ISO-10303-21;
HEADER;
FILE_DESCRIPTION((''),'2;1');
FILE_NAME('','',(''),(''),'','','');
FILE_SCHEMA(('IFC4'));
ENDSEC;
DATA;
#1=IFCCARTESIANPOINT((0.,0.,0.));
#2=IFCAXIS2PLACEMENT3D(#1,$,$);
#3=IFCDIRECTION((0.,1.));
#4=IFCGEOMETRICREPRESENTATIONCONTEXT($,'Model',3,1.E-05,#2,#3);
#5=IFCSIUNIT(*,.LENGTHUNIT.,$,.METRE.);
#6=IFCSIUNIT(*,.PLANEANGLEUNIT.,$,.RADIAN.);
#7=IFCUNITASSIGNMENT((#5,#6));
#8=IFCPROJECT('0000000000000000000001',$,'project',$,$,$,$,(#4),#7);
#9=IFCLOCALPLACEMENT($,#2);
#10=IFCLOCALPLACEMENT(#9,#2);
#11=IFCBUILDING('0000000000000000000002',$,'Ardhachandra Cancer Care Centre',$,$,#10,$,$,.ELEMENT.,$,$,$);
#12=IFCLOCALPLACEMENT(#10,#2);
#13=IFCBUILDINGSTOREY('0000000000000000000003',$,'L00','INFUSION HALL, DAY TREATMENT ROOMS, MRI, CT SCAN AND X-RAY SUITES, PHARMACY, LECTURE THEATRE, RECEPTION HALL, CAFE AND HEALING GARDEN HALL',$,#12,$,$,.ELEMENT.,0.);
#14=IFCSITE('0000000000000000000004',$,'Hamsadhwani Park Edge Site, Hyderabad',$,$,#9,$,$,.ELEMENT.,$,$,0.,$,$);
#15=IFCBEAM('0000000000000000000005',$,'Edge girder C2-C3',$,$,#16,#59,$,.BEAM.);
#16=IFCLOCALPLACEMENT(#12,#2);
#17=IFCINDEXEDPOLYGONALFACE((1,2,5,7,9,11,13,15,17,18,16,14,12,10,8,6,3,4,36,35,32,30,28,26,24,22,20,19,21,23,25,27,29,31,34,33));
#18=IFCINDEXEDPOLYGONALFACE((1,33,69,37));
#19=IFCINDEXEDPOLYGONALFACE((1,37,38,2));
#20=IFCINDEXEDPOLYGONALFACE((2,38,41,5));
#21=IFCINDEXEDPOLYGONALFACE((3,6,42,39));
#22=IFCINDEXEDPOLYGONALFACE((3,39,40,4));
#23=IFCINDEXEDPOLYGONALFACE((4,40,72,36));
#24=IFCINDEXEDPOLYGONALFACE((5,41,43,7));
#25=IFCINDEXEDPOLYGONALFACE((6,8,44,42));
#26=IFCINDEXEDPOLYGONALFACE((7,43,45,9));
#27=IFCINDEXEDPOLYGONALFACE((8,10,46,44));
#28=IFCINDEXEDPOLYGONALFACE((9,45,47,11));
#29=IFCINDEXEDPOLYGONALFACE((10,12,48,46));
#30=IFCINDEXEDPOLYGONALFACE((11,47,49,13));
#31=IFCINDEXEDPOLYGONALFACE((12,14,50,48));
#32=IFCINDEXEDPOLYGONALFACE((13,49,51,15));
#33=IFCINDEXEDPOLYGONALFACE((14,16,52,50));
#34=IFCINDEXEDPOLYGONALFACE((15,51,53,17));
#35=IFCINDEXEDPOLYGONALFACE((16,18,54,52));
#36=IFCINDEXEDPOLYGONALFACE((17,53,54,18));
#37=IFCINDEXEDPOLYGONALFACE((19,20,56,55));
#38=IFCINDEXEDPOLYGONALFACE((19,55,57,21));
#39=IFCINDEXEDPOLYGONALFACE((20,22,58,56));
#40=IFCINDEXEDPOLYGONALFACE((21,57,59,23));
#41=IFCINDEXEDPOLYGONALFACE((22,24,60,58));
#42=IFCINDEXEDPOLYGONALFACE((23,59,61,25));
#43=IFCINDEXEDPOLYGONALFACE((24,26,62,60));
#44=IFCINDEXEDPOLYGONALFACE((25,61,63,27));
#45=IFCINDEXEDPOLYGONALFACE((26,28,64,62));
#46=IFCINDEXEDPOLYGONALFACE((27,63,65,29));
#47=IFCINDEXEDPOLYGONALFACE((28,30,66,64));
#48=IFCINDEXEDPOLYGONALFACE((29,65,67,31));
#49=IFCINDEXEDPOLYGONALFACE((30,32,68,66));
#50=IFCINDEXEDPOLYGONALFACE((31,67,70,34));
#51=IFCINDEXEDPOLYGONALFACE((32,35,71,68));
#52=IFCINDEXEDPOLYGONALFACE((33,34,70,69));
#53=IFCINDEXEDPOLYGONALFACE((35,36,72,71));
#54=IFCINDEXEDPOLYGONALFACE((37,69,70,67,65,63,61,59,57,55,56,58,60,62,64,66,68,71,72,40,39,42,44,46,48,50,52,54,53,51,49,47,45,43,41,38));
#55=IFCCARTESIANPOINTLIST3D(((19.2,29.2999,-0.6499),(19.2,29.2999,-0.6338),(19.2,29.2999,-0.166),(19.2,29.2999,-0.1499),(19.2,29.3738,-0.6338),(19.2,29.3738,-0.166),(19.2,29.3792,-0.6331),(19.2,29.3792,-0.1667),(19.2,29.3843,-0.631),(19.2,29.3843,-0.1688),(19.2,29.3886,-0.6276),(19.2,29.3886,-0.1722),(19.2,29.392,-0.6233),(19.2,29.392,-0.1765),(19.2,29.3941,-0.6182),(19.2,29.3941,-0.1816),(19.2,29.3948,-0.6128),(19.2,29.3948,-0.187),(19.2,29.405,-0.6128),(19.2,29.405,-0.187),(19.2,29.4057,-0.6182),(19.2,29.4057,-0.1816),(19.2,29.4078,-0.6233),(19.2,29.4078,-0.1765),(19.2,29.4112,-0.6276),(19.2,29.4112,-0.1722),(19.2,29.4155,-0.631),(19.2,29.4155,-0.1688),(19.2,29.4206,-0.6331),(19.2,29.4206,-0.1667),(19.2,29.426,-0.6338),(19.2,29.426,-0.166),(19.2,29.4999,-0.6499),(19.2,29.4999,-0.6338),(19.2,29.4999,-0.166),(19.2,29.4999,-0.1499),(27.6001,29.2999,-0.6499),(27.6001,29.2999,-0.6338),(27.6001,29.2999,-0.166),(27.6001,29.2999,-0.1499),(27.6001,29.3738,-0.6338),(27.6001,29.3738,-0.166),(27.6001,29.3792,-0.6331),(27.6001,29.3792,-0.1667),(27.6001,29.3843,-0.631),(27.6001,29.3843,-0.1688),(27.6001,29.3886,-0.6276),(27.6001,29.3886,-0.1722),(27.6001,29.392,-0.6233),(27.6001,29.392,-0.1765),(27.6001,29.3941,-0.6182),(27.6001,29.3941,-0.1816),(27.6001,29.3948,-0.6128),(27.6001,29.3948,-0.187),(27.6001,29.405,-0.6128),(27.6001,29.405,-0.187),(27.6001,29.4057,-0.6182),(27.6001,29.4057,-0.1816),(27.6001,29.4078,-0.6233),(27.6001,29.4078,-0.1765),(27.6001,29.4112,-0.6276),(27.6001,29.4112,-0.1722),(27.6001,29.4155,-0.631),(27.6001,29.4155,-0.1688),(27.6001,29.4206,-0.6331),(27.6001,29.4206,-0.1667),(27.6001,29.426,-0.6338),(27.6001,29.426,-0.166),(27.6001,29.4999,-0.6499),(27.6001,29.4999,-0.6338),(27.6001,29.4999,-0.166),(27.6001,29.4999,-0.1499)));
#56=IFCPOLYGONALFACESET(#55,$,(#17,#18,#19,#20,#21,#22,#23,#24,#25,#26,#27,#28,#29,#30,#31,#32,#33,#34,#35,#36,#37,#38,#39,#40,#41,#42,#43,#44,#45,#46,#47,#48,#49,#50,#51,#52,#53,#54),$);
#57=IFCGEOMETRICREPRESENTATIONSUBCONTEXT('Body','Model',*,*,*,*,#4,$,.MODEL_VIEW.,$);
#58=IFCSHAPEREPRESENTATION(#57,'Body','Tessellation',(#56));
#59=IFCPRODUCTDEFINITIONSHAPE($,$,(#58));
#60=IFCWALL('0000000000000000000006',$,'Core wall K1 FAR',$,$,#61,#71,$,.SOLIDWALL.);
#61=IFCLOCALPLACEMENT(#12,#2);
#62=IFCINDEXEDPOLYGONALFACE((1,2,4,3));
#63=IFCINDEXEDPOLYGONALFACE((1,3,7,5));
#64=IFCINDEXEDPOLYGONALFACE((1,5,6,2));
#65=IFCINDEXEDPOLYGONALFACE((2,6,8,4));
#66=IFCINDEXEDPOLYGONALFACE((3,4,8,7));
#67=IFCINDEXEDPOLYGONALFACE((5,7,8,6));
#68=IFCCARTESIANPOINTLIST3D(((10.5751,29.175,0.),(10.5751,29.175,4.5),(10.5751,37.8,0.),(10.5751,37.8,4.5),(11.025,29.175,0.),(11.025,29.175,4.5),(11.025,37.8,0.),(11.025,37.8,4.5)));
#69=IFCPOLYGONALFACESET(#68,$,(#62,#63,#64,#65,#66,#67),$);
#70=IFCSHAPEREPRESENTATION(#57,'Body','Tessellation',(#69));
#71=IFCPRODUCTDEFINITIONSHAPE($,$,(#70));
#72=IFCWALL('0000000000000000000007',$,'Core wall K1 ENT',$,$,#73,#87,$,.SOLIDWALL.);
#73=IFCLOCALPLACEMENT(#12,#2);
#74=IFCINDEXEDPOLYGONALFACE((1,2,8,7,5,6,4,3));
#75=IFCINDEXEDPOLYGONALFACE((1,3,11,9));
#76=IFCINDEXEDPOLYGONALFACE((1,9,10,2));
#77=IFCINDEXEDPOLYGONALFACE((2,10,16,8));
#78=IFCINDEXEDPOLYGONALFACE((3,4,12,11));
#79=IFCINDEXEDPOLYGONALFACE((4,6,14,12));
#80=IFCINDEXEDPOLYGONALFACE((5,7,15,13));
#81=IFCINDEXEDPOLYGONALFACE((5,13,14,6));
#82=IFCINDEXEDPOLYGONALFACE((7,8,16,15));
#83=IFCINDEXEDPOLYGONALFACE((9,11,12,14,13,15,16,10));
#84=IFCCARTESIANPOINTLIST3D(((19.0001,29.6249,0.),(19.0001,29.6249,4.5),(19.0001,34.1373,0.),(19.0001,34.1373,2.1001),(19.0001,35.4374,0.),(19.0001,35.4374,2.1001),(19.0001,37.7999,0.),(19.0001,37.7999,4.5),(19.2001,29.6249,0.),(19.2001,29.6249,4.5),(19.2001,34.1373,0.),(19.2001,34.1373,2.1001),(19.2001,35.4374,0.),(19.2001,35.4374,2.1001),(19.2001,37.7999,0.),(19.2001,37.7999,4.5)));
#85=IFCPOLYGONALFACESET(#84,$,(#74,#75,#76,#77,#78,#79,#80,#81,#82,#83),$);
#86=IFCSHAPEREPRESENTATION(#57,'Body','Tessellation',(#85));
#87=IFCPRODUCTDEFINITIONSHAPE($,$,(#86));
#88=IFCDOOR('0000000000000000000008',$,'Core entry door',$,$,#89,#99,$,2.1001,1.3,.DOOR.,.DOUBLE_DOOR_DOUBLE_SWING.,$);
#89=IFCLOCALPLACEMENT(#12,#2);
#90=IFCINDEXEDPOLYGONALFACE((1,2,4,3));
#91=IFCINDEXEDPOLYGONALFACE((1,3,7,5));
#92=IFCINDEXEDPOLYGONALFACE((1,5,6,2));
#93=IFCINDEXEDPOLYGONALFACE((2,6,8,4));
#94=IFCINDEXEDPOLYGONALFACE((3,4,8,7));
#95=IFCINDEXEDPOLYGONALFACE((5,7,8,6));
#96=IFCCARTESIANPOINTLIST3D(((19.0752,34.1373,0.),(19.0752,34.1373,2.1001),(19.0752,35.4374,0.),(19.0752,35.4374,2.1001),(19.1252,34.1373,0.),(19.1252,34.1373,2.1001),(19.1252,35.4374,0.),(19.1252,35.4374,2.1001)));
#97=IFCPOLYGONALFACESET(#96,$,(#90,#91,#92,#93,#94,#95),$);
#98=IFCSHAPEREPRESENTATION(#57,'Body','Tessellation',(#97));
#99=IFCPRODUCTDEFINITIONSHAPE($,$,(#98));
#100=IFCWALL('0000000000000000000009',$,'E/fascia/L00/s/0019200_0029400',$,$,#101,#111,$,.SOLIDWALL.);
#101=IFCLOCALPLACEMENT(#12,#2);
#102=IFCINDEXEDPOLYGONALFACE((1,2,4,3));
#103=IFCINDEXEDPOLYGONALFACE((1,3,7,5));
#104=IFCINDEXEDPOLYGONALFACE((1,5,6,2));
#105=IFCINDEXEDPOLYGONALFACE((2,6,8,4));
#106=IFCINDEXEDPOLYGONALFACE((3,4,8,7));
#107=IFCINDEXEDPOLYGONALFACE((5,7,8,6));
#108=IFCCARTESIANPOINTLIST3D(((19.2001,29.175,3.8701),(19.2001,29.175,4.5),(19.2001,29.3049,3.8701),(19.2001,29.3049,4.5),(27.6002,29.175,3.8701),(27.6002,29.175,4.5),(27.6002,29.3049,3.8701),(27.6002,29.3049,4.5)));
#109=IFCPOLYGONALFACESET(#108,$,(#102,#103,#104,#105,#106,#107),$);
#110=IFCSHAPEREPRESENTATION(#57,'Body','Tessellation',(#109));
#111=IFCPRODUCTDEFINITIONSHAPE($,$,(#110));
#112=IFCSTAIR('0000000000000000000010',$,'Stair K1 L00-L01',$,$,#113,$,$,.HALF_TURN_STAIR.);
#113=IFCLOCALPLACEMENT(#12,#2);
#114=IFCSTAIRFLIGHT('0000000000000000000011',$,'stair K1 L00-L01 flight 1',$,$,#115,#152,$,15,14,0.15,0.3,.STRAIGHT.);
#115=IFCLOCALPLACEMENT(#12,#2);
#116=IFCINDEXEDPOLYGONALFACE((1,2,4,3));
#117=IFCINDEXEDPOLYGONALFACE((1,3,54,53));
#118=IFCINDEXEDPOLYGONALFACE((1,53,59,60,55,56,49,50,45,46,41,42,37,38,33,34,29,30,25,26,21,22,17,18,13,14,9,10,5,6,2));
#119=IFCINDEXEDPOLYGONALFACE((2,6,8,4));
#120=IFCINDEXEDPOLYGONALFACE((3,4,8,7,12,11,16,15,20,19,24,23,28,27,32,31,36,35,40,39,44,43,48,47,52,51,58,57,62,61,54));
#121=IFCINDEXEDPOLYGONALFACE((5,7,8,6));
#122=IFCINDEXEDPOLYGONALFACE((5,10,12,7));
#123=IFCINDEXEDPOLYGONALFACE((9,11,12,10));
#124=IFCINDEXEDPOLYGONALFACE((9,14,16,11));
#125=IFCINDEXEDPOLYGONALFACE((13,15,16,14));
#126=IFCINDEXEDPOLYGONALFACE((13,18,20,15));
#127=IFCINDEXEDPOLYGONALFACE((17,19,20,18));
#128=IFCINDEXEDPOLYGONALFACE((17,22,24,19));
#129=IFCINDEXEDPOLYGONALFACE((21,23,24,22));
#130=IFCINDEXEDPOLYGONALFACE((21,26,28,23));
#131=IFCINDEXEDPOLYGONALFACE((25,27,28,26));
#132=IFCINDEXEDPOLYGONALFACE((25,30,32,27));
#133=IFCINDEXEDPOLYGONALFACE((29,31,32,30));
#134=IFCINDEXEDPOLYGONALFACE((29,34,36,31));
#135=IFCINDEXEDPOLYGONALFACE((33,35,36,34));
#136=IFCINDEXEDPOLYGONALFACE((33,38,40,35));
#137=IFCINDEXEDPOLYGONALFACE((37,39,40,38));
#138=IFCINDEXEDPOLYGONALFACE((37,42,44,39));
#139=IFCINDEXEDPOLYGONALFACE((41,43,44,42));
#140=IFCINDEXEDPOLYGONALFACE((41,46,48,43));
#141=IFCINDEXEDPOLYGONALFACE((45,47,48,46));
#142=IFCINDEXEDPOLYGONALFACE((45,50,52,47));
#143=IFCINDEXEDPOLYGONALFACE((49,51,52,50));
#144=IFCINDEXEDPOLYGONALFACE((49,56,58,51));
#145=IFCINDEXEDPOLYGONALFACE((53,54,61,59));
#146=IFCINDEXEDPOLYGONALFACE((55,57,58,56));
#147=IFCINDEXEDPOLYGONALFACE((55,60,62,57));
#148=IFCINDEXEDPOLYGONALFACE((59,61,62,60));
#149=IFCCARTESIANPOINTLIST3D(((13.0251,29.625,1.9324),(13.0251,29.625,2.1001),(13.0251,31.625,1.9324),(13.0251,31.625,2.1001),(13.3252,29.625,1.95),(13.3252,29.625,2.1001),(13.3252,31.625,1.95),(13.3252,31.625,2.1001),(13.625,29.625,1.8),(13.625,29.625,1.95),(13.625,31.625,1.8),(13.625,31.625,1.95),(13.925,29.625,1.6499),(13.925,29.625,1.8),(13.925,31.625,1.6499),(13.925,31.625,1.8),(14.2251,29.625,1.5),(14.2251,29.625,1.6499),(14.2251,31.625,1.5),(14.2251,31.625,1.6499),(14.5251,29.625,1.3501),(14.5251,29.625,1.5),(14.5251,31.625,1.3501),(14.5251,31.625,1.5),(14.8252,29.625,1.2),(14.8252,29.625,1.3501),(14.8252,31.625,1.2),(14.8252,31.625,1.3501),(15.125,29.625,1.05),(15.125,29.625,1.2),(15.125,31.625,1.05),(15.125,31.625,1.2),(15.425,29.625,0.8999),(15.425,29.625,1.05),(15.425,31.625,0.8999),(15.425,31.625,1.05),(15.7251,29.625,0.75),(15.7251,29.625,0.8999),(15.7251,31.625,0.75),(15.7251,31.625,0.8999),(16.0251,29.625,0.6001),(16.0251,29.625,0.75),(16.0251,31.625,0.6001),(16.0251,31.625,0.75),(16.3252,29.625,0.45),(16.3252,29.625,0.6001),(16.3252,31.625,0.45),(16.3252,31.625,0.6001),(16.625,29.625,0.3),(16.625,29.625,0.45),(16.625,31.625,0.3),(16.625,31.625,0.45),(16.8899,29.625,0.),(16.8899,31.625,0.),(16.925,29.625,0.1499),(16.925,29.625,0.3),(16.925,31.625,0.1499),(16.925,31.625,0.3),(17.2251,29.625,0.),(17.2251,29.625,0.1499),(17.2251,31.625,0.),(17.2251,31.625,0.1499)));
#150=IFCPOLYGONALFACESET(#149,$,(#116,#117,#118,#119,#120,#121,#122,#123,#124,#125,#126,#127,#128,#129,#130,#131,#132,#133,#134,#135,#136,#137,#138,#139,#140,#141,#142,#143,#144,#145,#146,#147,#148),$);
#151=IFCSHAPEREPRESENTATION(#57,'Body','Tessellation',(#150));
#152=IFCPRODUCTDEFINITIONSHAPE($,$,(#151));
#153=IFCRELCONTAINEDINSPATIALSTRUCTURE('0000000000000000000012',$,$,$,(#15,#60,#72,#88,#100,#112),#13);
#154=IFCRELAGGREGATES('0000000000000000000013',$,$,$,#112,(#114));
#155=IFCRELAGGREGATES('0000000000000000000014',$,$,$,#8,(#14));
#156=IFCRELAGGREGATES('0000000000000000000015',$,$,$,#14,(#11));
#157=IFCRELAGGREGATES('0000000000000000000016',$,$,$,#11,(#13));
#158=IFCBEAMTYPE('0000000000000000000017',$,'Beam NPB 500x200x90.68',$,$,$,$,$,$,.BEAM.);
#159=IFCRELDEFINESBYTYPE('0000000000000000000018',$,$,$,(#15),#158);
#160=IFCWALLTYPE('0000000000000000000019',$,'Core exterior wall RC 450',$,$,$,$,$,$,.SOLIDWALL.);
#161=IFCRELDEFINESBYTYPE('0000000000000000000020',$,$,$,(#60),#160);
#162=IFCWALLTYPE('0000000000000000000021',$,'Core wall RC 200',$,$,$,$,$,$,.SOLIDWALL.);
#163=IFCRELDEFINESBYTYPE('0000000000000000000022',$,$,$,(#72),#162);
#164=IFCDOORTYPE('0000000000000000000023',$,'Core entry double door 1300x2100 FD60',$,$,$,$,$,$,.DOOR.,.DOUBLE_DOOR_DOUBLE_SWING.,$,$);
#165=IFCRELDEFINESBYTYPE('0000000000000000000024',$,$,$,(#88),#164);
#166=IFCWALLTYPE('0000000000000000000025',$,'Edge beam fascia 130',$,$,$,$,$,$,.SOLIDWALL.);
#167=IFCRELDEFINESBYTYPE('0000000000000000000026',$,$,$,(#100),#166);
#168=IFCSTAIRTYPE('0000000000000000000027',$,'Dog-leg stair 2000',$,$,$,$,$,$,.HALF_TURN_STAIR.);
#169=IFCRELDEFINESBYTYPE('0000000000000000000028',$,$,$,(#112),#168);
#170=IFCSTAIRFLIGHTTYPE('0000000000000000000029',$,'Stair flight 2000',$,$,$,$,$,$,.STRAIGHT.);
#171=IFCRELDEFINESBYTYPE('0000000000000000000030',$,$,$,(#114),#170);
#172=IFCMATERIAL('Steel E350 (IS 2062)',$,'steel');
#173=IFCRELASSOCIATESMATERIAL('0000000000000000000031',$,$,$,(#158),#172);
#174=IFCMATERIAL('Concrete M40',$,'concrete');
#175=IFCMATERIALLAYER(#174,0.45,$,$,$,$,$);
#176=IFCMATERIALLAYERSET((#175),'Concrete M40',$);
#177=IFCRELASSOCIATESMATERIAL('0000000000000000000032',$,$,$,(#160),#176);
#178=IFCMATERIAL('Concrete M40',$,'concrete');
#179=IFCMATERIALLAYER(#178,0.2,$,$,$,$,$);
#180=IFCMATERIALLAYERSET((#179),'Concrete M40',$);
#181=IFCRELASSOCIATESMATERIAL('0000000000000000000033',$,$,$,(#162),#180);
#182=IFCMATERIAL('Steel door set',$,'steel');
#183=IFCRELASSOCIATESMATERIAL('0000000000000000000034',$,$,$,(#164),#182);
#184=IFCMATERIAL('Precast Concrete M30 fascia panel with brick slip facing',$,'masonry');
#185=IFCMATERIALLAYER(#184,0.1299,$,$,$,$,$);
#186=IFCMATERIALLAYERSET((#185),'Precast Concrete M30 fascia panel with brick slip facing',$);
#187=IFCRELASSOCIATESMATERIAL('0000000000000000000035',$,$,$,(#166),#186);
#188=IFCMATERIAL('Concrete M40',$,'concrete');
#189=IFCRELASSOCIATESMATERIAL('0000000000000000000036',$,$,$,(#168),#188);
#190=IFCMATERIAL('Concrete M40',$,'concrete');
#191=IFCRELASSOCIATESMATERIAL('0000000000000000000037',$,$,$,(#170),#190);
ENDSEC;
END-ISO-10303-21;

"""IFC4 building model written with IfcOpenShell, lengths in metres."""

from ifc_helpers import new_model, si_unit, direction, frame, frame_2d, origin, origin_2d, place, context, subcontext, project, spatial, polyline, rectangle, i_section, outline, extrude, material, layer, layer_set, material_profile, profile_set, type_object, element, fill, aggregate, save


model = new_model("IFC4")

# Units and contexts
model_context = context("Model", 3, precision=1e-05, world=origin(), true_north=direction((0.0, 1.0)))
body_context = subcontext(model_context, "Body", "Model", "MODEL_VIEW")
ifc_project = project(units=[si_unit("LENGTHUNIT", "METRE"), si_unit("PLANEANGLEUNIT", "RADIAN")], contexts=[model_context])

# Site, building, storey
site_placement = place(None, origin())
site = spatial("IfcSite", under=ifc_project, at=site_placement, Name="Hamsadhwani Park Edge Site, Hyderabad", CompositionType="ELEMENT", RefElevation=0.0)
building_placement = place(site_placement, origin())
building = spatial("IfcBuilding", under=site, at=building_placement, Name="Ardhachandra Cancer Care Centre", CompositionType="ELEMENT")
storey_placement = place(building_placement, origin())
storey = spatial("IfcBuildingStorey", under=building, at=storey_placement, Name="L00", Description="INFUSION HALL, DAY TREATMENT ROOMS, MRI, CT SCAN AND X-RAY SUITES, PHARMACY, LECTURE THEATRE, RECEPTION HALL, CAFE AND HEALING GARDEN HALL", CompositionType="ELEMENT", Elevation=0.0)

# Beam
ifc_material_1 = material(Name="Steel E350 (IS 2062)", Category="steel")
ifc_material_profile = material_profile(ifc_material_1, i_section(OverallWidth=0.2, OverallDepth=0.5, WebThickness=0.0103, FlangeThickness=0.0161, FilletRadius=0.021, at=origin_2d()), Name="NPB 500x200x90.68")
ifc_profile_set = profile_set([ifc_material_profile], Name="Steel E350 (IS 2062)")
beam_type = type_object("IfcBeamType", Name="Beam NPB 500x200x90.68", PredefinedType="BEAM", material=ifc_profile_set)
beam_placement = place(storey_placement, frame((19.2, 29.3999, -0.3999), z_axis=(1.0, 0.0, 0.0), x_axis=(0.0, 1.0, 0.0)))
element("IfcBeam", 1, at=beam_placement, inside=storey, type_object=beam_type, Name="Edge girder C2-C3", PredefinedType="BEAM", context=body_context, shape_type="SweptSolid", body=[
    extrude(i_section(OverallWidth=0.2, OverallDepth=0.5, WebThickness=0.0103, FlangeThickness=0.0161, FilletRadius=0.021, at=origin_2d()), origin(), (0.0, 0.0, 1.0), 8.4001),
])

# Wall
ifc_material_2 = material(Name="Concrete M40", Category="concrete")
ifc_layer_1 = layer(ifc_material_2, 0.45)
ifc_layer_set_1 = layer_set([ifc_layer_1], Name="Concrete M40")
wall_type_1 = type_object("IfcWallType", Name="Core exterior wall RC 450", PredefinedType="SOLIDWALL", material=ifc_layer_set_1)
wall_1_placement = place(storey_placement, frame((10.8, 29.175, 0.0), z_axis=(0.0, 0.0, 1.0), x_axis=(0.0, 1.0, 0.0)))
element("IfcWall", 2, at=wall_1_placement, inside=storey, type_object=wall_type_1, Name="Core wall K1 FAR", PredefinedType="SOLIDWALL", context=body_context, shape_type="SweptSolid", body=[
    extrude(rectangle(XDim=8.625, YDim=0.45, at=frame_2d((4.3125, 0.0))), origin(), (0.0, 0.0, 1.0), 4.5),
])

# Wall, opening, door
ifc_material_3 = material(Name="Concrete M40", Category="concrete")
ifc_layer_2 = layer(ifc_material_3, 0.2)
ifc_layer_set_2 = layer_set([ifc_layer_2], Name="Concrete M40")
wall_type_2 = type_object("IfcWallType", Name="Core wall RC 200", PredefinedType="SOLIDWALL", material=ifc_layer_set_2)
wall_2_placement = place(storey_placement, frame((19.1001, 29.625, 0.0), z_axis=(0.0, 0.0, 1.0), x_axis=(0.0, 1.0, 0.0)))
wall_2 = element("IfcWall", 3, at=wall_2_placement, inside=storey, type_object=wall_type_2, Name="Core wall K1 ENT", PredefinedType="SOLIDWALL", context=body_context, shape_type="SweptSolid", body=[
    extrude(rectangle(XDim=8.175, YDim=0.2, at=frame_2d((4.0874, 0.0))), origin(), (0.0, 0.0, 1.0), 4.5),
])
opening_placement = place(wall_2_placement, frame((4.5125, 0.0, 0.0)))
opening = element("IfcOpeningElement", 4, at=opening_placement, cuts=wall_2, PredefinedType="OPENING", context=body_context, shape_type="SweptSolid", body=[
    extrude(rectangle(XDim=1.3, YDim=2.1001, at=frame_2d((0.6499, 1.05))), frame((0.0, 0.1099, 0.0), z_axis=(0.0, -1.0, 0.0), x_axis=(1.0, 0.0, 0.0)), (0.0, 0.0, 1.0), 0.22),
])
ifc_material_4 = material(Name="Steel door set", Category="steel")
door_type = type_object("IfcDoorType", Name="Core entry double door 1300x2100 FD60", OperationType="DOUBLE_DOOR_DOUBLE_SWING", PredefinedType="DOOR", material=ifc_material_4)
door_placement = place(opening_placement, origin())
door = element("IfcDoor", 5, at=door_placement, inside=storey, type_object=door_type, Name="Core entry door", OperationType="DOUBLE_DOOR_DOUBLE_SWING", OverallHeight=2.1001, OverallWidth=1.3, PredefinedType="DOOR", context=body_context, shape_type="SweptSolid", body=[
    extrude(rectangle(XDim=1.3, YDim=2.1001, at=frame_2d((0.6499, 1.05))), frame((0.0, 0.0249, 0.0), z_axis=(0.0, -1.0, 0.0), x_axis=(1.0, 0.0, 0.0)), (0.0, 0.0, 1.0), 0.05),
])
fill(opening, door)

# Wall
ifc_material_5 = material(Name="Precast Concrete M30 fascia panel with brick slip facing", Category="masonry")
ifc_layer_3 = layer(ifc_material_5, 0.1299)
ifc_layer_set_3 = layer_set([ifc_layer_3], Name="Precast Concrete M30 fascia panel with brick slip facing")
wall_type_3 = type_object("IfcWallType", Name="Edge beam fascia 130", PredefinedType="SOLIDWALL", material=ifc_layer_set_3)
wall_3_placement = place(storey_placement, frame((19.2, 29.24, 3.8701), z_axis=(0.0, 0.0, 1.0), x_axis=(1.0, 0.0, 0.0)))
element("IfcWall", 6, at=wall_3_placement, inside=storey, type_object=wall_type_3, Name="E/fascia/L00/s/0019200_0029400", PredefinedType="SOLIDWALL", context=body_context, shape_type="SweptSolid", body=[
    extrude(rectangle(XDim=8.4001, YDim=0.1299, at=frame_2d((4.2002, 0.0))), origin(), (0.0, 0.0, 1.0), 0.6299),
])

# Stair, stair flight
ifc_material_6 = material(Name="Concrete M40", Category="concrete")
stair_type = type_object("IfcStairType", Name="Dog-leg stair 2000", PredefinedType="HALF_TURN_STAIR", material=ifc_material_6)
stair_placement = place(storey_placement, origin())
stair = element("IfcStair", 7, at=stair_placement, inside=storey, type_object=stair_type, Name="Stair K1 L00-L01", PredefinedType="HALF_TURN_STAIR")
ifc_material_7 = material(Name="Concrete M40", Category="concrete")
stair_flight_type = type_object("IfcStairFlightType", Name="Stair flight 2000", PredefinedType="STRAIGHT", material=ifc_material_7)
stair_flight_1_placement = place(storey_placement, frame((17.2251, 30.625, 0.0), z_axis=(0.0, 0.0, 1.0), x_axis=(-1.0, 0.0, 0.0)))
stair_flight_1 = element("IfcStairFlight", 8, at=stair_flight_1_placement, type_object=stair_flight_type, Name="stair K1 L00-L01 flight 1", NumberOfRisers=15, NumberOfTreads=14, PredefinedType="STRAIGHT", RiserHeight=0.15, TreadLength=0.3, context=body_context, shape_type="SweptSolid", body=[
    extrude(outline(polyline([(0.0, 0.0), (0.0, 0.1499), (0.3, 0.1499), (0.3, 0.3), (0.6001, 0.3), (0.6001, 0.45), (0.8999, 0.45), (0.8999, 0.6001), (1.2, 0.6001), (1.2, 0.75), (1.5, 0.75), (1.5, 0.8999), (1.8, 0.8999), (1.8, 1.05), (2.1001, 1.05), (2.1001, 1.2), (2.3999, 1.2), (2.3999, 1.3501), (2.7, 1.3501), (2.7, 1.5), (3.0, 1.5), (3.0, 1.6499), (3.3, 1.6499), (3.3, 1.8), (3.6001, 1.8), (3.6001, 1.95), (3.8999, 1.95), (3.8999, 2.1001), (4.2, 2.1001), (4.2, 2.25), (4.2, 1.9324), (0.3352, 0.0), (0.0, 0.0)])), frame((0.0, 1.0, 0.0), z_axis=(0.0, -1.0, 0.0), x_axis=(1.0, 0.0, 0.0)), (0.0, 0.0, 1.0), 2.0),
])
aggregate(stair, [stair_flight_1])

save(model, "model.ifc")
